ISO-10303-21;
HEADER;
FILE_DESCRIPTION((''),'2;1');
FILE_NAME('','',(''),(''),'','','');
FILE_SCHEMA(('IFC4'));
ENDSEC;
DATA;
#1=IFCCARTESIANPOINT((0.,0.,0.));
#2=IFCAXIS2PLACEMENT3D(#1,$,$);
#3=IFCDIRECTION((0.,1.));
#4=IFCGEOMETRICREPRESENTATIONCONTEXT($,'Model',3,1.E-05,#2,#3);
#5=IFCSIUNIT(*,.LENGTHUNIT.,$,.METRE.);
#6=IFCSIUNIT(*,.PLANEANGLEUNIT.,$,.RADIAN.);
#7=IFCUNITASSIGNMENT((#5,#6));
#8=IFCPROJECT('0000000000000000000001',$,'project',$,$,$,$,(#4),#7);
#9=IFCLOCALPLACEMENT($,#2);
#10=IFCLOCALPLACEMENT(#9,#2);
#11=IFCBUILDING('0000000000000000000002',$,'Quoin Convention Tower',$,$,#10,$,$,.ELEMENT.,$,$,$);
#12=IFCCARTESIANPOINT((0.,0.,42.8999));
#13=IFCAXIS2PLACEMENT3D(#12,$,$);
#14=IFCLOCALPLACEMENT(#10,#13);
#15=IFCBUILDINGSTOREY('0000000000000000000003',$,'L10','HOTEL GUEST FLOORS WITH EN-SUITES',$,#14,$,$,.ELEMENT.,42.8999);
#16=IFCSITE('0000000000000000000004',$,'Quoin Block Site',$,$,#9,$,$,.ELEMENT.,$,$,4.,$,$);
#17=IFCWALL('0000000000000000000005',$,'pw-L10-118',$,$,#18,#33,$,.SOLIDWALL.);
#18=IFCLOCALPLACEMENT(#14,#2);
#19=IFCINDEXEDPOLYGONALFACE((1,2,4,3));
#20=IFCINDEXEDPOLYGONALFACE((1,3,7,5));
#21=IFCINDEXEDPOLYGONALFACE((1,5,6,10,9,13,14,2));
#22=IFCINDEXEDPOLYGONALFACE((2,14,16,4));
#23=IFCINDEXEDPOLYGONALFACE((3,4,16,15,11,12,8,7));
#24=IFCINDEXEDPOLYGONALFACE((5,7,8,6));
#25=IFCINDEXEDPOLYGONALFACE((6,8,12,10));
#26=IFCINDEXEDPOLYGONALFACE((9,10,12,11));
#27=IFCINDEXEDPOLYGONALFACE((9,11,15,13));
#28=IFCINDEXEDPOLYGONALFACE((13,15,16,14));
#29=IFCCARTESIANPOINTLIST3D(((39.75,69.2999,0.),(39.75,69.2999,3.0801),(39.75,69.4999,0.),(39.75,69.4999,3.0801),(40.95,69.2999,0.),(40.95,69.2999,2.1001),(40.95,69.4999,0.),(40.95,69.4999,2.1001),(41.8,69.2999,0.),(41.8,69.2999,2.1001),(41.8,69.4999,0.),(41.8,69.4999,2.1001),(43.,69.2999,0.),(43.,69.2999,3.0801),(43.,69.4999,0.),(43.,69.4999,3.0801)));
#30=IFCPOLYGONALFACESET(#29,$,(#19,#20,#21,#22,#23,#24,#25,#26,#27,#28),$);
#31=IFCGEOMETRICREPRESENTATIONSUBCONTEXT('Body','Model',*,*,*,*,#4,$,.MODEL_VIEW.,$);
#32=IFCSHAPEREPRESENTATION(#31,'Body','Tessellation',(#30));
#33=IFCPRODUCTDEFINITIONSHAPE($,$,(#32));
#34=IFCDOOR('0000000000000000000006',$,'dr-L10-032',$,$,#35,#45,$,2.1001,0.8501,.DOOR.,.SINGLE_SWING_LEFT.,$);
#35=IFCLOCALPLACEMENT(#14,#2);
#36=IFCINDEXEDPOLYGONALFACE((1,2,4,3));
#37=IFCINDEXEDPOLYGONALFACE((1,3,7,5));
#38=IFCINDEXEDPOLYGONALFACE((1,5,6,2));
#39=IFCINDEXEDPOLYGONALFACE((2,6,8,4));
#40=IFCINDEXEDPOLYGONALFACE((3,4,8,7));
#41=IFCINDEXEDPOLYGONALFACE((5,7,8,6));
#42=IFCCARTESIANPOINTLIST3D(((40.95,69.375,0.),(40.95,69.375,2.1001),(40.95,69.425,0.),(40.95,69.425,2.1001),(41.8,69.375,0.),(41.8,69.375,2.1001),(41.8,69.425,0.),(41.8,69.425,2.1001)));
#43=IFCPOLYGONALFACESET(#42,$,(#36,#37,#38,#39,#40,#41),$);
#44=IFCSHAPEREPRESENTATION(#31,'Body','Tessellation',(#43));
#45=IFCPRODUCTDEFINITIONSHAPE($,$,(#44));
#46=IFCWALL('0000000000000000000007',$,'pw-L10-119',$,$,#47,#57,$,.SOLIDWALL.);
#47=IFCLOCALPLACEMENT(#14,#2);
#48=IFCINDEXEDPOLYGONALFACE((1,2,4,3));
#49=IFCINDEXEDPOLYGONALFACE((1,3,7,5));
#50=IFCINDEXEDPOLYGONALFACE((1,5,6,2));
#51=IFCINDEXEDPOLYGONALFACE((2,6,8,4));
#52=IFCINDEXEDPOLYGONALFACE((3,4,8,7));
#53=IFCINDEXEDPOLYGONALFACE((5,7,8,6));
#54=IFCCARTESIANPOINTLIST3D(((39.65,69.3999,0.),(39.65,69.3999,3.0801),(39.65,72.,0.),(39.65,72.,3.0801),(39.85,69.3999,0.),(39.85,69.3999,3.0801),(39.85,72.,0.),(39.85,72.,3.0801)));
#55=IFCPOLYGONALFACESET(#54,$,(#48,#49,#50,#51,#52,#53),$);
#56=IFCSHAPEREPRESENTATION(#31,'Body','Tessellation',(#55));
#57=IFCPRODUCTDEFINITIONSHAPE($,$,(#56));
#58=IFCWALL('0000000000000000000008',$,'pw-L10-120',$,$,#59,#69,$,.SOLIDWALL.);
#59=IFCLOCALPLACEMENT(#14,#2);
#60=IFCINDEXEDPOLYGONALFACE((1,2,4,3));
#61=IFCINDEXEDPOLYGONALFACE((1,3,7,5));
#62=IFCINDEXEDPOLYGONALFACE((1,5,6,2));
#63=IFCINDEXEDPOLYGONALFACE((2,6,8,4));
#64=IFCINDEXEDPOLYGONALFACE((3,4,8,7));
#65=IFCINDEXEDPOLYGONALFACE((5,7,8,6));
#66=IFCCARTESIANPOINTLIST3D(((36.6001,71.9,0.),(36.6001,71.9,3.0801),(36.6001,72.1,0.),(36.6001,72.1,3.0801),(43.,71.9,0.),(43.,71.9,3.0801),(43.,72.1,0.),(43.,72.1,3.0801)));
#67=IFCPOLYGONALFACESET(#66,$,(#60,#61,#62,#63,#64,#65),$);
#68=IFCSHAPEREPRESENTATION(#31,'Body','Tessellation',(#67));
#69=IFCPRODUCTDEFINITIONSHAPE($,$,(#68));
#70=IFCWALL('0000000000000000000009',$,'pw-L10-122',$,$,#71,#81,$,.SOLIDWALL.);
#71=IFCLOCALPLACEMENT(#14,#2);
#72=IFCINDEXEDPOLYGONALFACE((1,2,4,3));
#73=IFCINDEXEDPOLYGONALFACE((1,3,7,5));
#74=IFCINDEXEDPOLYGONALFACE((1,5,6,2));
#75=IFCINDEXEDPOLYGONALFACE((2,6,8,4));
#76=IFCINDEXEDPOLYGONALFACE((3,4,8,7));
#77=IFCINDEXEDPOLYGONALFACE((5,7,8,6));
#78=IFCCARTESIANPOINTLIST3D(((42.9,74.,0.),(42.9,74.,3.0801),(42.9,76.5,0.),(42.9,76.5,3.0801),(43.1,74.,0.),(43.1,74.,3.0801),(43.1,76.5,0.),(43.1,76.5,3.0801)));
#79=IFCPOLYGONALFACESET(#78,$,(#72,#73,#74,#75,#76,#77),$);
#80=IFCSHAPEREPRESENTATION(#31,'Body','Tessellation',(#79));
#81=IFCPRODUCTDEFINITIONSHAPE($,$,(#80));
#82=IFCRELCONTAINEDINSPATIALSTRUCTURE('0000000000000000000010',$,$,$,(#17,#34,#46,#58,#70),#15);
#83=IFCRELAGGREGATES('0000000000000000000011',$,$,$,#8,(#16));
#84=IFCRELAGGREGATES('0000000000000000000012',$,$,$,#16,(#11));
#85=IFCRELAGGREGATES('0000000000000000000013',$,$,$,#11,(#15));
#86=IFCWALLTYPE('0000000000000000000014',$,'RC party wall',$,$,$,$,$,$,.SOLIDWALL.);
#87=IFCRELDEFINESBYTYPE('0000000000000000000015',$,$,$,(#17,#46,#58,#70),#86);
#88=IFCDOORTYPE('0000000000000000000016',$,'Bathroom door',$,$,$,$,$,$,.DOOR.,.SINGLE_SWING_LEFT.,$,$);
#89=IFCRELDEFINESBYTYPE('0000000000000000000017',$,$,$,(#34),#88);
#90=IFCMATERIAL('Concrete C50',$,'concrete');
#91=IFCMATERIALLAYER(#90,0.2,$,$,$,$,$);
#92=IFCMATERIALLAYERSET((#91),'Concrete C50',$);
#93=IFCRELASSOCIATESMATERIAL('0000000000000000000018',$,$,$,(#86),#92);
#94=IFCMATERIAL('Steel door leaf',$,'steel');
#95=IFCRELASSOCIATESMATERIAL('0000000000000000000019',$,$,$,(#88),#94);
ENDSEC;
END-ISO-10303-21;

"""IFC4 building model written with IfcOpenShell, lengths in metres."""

from ifc_helpers import new_model, si_unit, direction, frame, frame_2d, origin, place, context, subcontext, project, spatial, rectangle, extrude, material, layer, layer_set, type_object, element, fill, save


model = new_model("IFC4")

# Units and contexts
model_context = context("Model", 3, precision=1e-05, world=origin(), true_north=direction((0.0, 1.0)))
body_context = subcontext(model_context, "Body", "Model", "MODEL_VIEW")
ifc_project = project(units=[si_unit("LENGTHUNIT", "METRE"), si_unit("PLANEANGLEUNIT", "RADIAN")], contexts=[model_context])

# Site, building, storey
site_placement = place(None, origin())
site = spatial("IfcSite", under=ifc_project, at=site_placement, Name="Quoin Block Site", CompositionType="ELEMENT", RefElevation=4.0)
building_placement = place(site_placement, origin())
building = spatial("IfcBuilding", under=site, at=building_placement, Name="Quoin Convention Tower", CompositionType="ELEMENT")
storey_placement = place(building_placement, frame((0.0, 0.0, 42.8999)))
storey = spatial("IfcBuildingStorey", under=building, at=storey_placement, Name="L10", Description="HOTEL GUEST FLOORS WITH EN-SUITES", CompositionType="ELEMENT", Elevation=42.8999)

# Shared definitions
ifc_material_1 = material(Name="Steel door leaf", Category="steel")

# Shared definitions
ifc_material_2 = material(Name="Concrete C50", Category="concrete")
ifc_layer_1 = layer(ifc_material_2, 0.2)
ifc_layer_set_1 = layer_set([ifc_layer_1], Name="Concrete C50")
wall_type_1 = type_object("IfcWallType", Name="RC party wall", PredefinedType="SOLIDWALL", material=ifc_layer_set_1)

# Shared definitions
door_type_1 = type_object("IfcDoorType", Name="Bathroom door", OperationType="SINGLE_SWING_LEFT", PredefinedType="DOOR", material=ifc_material_1)

# Wall, opening, door
wall_1_placement = place(storey_placement, frame((39.75, 69.3999, 0.0), z_axis=(0.0, 0.0, 1.0), x_axis=(1.0, 0.0, 0.0)))
wall_1 = element("IfcWall", 1, at=wall_1_placement, inside=storey, type_object=wall_type_1, Name="pw-L10-118", PredefinedType="SOLIDWALL", context=body_context, shape_type="SweptSolid", body=[
    extrude(rectangle(XDim=3.25, YDim=0.2, at=frame_2d((1.625, 0.0))), origin(), (0.0, 0.0, 1.0), 3.0801),
])
opening_1_placement = place(wall_1_placement, frame((1.2, 0.0, 0.0)))
opening_1 = element("IfcOpeningElement", 2, at=opening_1_placement, cuts=wall_1, PredefinedType="OPENING", context=body_context, shape_type="SweptSolid", body=[
    extrude(rectangle(XDim=0.8501, YDim=2.1001, at=frame_2d((0.425, 1.05))), frame((0.0, 0.1099, 0.0), z_axis=(0.0, -1.0, 0.0), x_axis=(1.0, 0.0, 0.0)), (0.0, 0.0, 1.0), 0.22),
])
door_1_placement = place(opening_1_placement, frame((0.8501, 0.0, 0.0), z_axis=(0.0, 0.0, 1.0), x_axis=(-1.0, 0.0, 0.0)))
door_1 = element("IfcDoor", 3, at=door_1_placement, inside=storey, type_object=door_type_1, Name="dr-L10-032", OperationType="SINGLE_SWING_LEFT", OverallHeight=2.1001, OverallWidth=0.8501, PredefinedType="DOOR", context=body_context, shape_type="SweptSolid", body=[
    extrude(rectangle(XDim=0.8501, YDim=2.1001, at=frame_2d((0.425, 1.05))), frame((0.0, 0.0249, 0.0), z_axis=(0.0, -1.0, 0.0), x_axis=(1.0, 0.0, 0.0)), (0.0, 0.0, 1.0), 0.05),
])
fill(opening_1, door_1)

# Walls
wall_2_placement = place(storey_placement, frame((39.75, 69.3999, 0.0), z_axis=(0.0, 0.0, 1.0), x_axis=(0.0, 1.0, 0.0)))
element("IfcWall", 4, at=wall_2_placement, inside=storey, type_object=wall_type_1, Name="pw-L10-119", PredefinedType="SOLIDWALL", context=body_context, shape_type="SweptSolid", body=[
    extrude(rectangle(XDim=2.6001, YDim=0.2, at=frame_2d((1.3, 0.0))), origin(), (0.0, 0.0, 1.0), 3.0801),
])
wall_3_placement = place(storey_placement, frame((36.6001, 72.0, 0.0), z_axis=(0.0, 0.0, 1.0), x_axis=(1.0, 0.0, 0.0)))
element("IfcWall", 5, at=wall_3_placement, inside=storey, type_object=wall_type_1, Name="pw-L10-120", PredefinedType="SOLIDWALL", context=body_context, shape_type="SweptSolid", body=[
    extrude(rectangle(XDim=6.3999, YDim=0.2, at=frame_2d((3.2, 0.0))), origin(), (0.0, 0.0, 1.0), 3.0801),
])
wall_4_placement = place(storey_placement, frame((43.0, 74.0, 0.0), z_axis=(0.0, 0.0, 1.0), x_axis=(0.0, 1.0, 0.0)))
element("IfcWall", 6, at=wall_4_placement, inside=storey, type_object=wall_type_1, Name="pw-L10-122", PredefinedType="SOLIDWALL", context=body_context, shape_type="SweptSolid", body=[
    extrude(rectangle(XDim=2.5, YDim=0.2, at=frame_2d((1.25, 0.0))), origin(), (0.0, 0.0, 1.0), 3.0801),
])

save(model, "model.ifc")
